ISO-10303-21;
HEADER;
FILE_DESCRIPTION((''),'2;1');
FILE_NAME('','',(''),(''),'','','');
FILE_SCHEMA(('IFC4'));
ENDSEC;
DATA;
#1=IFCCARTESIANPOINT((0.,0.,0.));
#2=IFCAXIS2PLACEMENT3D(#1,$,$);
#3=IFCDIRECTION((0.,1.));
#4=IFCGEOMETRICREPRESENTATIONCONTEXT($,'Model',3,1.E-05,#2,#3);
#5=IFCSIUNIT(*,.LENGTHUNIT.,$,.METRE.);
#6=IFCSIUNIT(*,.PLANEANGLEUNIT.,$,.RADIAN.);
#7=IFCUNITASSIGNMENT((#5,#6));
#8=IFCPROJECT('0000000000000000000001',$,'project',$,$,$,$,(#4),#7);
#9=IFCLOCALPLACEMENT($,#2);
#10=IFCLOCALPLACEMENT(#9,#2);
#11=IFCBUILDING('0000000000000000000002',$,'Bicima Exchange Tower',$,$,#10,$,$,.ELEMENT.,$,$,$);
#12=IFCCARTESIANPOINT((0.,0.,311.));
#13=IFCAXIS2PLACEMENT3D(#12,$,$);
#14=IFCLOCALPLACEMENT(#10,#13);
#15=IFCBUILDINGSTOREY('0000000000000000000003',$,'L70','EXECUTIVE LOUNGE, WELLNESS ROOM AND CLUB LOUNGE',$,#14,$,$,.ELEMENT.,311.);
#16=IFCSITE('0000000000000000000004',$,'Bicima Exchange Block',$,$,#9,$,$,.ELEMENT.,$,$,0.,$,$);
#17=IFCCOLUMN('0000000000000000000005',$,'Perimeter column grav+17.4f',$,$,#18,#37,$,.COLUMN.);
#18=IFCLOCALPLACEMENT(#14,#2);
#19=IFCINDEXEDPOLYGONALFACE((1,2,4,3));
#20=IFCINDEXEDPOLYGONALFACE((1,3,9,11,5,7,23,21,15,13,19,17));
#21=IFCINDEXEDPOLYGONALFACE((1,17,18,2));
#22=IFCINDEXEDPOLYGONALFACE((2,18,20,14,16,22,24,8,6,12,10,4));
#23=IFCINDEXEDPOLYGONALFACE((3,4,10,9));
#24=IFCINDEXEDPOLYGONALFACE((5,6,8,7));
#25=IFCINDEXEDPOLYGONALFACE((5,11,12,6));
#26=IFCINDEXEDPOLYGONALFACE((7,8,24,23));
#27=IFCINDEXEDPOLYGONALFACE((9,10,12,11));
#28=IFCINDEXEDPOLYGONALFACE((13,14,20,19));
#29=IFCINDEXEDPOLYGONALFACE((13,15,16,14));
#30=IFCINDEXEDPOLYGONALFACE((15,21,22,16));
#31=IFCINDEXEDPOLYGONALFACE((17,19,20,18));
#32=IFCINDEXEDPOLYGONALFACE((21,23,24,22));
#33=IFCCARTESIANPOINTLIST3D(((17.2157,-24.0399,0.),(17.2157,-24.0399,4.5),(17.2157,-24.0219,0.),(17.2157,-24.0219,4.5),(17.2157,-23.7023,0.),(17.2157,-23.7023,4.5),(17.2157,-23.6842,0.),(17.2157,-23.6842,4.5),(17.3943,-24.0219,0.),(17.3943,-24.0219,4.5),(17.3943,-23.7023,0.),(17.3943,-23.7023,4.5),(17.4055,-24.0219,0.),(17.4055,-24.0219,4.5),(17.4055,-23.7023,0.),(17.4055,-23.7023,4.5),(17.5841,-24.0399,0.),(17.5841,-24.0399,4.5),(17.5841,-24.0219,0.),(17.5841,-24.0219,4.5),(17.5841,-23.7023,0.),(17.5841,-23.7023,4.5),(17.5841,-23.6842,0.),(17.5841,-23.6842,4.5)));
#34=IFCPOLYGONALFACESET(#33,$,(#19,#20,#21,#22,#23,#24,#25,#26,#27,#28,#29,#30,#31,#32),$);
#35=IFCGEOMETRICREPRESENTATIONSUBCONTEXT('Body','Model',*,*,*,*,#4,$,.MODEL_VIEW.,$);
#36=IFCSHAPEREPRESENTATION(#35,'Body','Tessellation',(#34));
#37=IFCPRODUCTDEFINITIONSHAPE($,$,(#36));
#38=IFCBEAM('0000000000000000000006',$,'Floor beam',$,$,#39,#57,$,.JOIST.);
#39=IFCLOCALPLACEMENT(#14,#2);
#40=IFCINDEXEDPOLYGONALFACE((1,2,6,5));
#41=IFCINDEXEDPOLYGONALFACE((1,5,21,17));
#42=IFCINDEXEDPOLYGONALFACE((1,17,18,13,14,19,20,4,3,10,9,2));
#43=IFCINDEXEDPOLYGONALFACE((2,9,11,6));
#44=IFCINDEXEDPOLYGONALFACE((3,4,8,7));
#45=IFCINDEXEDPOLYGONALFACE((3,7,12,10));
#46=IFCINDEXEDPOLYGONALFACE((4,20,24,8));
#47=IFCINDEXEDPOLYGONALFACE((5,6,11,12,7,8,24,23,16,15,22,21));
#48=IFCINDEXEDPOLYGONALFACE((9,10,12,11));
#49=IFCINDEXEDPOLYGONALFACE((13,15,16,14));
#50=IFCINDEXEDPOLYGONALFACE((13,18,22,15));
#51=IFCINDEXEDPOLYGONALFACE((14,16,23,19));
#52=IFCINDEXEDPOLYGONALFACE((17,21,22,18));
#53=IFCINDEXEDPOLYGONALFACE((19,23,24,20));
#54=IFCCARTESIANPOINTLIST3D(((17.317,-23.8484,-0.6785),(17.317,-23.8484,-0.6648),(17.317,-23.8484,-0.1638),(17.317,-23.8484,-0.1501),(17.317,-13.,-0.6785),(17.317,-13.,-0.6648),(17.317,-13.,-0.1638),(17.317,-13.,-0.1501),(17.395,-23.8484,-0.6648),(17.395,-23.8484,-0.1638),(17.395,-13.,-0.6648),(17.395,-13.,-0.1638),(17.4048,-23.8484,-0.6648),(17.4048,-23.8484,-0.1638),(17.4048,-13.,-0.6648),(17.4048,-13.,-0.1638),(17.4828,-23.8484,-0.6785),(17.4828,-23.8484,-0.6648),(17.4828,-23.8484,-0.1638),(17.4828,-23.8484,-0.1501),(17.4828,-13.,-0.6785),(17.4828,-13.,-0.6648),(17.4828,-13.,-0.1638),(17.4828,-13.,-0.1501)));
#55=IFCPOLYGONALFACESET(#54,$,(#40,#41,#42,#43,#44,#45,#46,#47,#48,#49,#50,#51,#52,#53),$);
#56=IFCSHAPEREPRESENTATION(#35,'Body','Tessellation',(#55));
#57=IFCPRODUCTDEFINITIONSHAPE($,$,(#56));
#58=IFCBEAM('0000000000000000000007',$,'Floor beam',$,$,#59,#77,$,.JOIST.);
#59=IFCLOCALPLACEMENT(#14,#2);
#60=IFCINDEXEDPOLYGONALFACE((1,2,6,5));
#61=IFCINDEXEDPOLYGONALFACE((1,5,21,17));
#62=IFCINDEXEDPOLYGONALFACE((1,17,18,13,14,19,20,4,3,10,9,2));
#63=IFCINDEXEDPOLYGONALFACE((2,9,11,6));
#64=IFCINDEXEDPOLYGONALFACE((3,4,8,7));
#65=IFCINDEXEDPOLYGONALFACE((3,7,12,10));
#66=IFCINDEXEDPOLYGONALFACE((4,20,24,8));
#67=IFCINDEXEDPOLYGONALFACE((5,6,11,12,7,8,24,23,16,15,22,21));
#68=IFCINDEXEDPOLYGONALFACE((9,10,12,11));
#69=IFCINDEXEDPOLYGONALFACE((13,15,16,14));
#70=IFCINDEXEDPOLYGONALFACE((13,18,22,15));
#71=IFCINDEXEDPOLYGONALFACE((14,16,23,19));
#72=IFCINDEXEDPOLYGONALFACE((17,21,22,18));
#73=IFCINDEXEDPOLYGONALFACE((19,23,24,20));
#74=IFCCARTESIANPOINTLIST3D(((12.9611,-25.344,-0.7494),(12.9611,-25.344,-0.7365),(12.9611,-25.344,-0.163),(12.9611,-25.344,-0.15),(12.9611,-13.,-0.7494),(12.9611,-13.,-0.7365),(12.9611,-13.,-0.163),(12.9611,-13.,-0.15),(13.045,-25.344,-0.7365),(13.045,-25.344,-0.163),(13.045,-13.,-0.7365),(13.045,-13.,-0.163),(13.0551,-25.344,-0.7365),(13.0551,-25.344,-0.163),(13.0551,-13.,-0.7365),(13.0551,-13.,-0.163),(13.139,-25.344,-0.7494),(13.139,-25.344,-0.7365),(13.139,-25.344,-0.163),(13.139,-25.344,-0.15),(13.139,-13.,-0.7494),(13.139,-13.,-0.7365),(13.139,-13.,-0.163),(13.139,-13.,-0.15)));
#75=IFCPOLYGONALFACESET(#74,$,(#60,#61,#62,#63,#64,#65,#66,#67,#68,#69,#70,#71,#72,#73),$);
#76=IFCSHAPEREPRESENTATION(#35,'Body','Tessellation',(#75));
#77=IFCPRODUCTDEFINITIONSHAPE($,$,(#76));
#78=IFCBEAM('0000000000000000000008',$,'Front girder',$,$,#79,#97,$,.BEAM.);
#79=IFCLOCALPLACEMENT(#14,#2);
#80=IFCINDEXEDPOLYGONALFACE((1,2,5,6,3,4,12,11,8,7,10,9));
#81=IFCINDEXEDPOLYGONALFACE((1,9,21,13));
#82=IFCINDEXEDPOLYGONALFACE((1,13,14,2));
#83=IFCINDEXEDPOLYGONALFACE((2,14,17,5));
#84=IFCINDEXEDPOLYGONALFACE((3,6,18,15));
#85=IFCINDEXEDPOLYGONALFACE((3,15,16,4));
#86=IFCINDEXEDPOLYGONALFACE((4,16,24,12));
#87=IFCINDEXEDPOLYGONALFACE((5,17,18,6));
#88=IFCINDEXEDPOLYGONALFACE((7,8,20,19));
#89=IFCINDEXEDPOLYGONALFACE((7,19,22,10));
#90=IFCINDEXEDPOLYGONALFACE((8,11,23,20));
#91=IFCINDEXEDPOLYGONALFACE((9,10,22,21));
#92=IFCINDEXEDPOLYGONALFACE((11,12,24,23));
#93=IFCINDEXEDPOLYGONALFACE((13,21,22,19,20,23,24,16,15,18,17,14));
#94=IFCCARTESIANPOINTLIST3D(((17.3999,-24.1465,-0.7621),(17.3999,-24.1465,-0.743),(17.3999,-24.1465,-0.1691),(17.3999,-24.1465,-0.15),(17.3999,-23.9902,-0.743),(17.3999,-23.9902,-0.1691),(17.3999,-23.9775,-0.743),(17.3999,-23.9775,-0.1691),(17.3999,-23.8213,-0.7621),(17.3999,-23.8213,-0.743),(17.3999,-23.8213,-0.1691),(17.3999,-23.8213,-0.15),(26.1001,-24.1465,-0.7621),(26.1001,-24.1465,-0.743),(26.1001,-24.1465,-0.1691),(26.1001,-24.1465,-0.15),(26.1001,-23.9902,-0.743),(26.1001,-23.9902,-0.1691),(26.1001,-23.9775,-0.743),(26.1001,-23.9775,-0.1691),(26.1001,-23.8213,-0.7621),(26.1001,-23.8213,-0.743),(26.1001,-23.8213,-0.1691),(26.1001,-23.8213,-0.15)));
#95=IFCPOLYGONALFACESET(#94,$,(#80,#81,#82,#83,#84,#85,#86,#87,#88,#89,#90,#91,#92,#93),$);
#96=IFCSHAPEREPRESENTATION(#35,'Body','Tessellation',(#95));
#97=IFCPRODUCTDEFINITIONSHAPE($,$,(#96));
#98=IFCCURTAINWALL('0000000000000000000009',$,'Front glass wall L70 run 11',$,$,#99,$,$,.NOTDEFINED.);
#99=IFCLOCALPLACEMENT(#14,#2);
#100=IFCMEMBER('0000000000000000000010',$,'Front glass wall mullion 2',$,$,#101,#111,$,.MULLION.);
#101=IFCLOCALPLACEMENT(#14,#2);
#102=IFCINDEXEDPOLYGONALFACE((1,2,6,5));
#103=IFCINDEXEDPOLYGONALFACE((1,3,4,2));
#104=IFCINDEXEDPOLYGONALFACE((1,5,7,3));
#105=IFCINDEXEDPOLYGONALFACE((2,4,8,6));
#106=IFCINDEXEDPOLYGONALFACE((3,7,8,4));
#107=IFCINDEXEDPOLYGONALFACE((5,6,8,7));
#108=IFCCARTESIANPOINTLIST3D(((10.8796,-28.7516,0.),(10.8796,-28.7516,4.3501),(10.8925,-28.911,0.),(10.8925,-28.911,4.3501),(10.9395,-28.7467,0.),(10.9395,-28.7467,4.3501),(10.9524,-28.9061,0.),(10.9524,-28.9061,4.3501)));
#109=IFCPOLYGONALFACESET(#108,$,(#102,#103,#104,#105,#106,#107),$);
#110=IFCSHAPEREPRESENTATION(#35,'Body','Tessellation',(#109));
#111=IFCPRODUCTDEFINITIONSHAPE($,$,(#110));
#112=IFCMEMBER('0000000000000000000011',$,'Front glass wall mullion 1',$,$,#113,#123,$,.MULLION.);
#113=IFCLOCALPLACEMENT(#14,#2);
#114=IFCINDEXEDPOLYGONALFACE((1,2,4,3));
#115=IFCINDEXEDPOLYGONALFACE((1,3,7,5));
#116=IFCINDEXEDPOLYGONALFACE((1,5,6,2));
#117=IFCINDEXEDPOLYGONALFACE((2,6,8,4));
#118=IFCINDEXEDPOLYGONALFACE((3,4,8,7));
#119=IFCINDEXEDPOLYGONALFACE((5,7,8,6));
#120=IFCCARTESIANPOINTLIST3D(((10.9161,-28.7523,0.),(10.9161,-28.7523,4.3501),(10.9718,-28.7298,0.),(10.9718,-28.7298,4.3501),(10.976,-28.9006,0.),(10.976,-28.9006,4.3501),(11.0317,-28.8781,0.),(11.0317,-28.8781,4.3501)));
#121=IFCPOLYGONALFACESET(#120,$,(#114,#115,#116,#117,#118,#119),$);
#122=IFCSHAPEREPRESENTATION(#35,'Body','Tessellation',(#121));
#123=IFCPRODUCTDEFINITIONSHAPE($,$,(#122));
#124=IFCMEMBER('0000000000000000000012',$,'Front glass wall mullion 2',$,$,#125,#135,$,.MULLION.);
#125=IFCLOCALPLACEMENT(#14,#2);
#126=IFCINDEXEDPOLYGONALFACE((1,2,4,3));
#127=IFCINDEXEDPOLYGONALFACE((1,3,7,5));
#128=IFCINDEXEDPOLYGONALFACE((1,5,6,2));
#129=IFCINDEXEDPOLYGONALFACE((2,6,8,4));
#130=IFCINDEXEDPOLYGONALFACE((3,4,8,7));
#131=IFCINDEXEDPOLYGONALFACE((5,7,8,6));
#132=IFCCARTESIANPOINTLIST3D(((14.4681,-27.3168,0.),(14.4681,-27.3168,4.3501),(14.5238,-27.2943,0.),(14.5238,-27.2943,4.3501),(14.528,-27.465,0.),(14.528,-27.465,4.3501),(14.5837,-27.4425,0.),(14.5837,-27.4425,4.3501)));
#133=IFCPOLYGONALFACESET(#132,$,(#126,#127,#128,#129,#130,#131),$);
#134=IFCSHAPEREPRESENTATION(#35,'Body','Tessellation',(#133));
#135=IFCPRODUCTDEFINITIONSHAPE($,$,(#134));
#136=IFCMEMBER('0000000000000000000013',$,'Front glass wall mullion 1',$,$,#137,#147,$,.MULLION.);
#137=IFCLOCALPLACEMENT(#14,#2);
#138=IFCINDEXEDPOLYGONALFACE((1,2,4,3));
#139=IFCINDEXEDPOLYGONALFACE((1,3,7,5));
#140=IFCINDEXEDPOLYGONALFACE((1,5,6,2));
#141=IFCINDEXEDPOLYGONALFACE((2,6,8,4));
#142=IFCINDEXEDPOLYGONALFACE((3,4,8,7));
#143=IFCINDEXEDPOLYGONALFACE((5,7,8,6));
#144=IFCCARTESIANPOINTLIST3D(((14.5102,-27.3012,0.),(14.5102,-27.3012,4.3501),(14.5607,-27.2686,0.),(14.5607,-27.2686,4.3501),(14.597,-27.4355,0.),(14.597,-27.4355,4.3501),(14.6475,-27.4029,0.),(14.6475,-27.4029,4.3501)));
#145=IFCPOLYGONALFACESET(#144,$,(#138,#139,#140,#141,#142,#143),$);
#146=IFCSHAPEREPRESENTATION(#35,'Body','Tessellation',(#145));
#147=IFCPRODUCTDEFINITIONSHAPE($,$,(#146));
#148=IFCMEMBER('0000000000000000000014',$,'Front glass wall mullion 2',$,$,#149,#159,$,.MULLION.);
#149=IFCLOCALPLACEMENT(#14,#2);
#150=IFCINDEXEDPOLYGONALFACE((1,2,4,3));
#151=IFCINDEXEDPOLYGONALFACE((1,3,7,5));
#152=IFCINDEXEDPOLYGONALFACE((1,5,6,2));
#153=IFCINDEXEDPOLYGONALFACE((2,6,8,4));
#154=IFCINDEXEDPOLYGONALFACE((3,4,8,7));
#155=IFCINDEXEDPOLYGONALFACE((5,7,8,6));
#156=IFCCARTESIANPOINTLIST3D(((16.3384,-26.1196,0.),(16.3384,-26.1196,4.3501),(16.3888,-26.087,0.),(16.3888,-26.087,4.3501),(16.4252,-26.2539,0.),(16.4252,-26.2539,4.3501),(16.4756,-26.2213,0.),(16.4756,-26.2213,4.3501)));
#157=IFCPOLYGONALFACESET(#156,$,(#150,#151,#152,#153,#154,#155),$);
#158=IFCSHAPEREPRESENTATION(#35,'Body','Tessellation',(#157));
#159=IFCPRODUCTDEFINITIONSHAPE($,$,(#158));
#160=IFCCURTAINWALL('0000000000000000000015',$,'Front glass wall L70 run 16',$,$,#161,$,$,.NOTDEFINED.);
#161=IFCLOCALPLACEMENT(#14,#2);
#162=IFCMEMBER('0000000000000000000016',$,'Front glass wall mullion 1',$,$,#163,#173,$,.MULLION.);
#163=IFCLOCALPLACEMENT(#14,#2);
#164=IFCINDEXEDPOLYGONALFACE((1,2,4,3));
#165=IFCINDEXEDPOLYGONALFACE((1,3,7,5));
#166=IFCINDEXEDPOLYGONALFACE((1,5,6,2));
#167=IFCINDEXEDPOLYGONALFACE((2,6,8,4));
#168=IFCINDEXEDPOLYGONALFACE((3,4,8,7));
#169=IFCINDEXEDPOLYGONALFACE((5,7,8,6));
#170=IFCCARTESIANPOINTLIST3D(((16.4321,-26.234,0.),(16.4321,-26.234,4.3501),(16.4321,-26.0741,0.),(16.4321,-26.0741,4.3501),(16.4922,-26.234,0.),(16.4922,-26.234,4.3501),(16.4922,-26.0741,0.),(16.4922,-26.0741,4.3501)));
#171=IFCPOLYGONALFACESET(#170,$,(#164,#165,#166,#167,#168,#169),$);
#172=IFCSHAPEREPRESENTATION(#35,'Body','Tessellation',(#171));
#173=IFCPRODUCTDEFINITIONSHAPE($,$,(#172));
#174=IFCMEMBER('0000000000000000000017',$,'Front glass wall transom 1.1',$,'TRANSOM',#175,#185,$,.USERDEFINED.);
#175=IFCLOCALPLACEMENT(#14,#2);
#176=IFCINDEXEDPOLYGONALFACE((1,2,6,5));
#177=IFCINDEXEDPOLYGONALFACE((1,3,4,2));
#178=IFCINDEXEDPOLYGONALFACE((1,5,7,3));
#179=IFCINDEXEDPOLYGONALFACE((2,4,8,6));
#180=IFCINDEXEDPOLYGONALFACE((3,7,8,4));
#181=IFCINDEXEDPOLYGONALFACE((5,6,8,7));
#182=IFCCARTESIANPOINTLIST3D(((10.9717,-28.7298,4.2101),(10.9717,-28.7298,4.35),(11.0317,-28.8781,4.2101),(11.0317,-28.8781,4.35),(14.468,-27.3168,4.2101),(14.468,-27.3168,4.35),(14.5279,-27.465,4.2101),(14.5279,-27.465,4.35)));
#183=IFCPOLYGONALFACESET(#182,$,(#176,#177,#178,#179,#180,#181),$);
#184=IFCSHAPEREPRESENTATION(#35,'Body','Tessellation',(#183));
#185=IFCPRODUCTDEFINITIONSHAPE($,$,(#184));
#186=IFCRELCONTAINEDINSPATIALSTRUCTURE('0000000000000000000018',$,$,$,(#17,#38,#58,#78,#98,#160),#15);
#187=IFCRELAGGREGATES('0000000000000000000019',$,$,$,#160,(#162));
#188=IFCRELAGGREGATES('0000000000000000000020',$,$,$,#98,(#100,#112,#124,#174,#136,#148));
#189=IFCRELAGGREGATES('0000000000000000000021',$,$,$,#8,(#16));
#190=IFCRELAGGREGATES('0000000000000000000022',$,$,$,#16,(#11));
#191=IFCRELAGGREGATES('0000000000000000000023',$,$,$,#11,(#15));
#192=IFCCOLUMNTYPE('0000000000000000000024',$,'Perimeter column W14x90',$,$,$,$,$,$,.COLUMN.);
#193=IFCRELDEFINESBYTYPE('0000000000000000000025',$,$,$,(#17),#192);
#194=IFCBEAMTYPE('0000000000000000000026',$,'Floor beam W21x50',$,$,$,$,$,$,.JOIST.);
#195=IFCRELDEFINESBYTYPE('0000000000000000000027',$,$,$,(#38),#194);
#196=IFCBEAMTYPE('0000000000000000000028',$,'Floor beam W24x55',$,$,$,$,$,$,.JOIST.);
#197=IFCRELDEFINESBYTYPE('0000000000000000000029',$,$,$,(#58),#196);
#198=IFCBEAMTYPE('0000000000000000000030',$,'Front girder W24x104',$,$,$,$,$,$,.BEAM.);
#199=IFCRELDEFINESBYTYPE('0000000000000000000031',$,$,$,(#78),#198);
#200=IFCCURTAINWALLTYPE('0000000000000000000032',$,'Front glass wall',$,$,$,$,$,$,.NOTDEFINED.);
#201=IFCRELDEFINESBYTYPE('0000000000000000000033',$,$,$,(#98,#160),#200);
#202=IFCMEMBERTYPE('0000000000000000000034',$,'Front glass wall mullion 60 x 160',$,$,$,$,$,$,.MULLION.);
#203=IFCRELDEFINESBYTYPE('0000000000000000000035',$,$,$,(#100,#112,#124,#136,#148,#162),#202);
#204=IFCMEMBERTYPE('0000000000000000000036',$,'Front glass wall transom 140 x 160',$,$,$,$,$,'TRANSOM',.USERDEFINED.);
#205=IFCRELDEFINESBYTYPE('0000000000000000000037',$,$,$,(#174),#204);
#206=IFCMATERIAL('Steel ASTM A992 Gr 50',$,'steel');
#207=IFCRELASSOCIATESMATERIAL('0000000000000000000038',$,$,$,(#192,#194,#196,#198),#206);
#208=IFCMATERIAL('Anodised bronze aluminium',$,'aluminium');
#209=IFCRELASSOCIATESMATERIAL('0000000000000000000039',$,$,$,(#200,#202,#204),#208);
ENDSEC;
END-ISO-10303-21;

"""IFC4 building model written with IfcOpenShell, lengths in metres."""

from ifc_helpers import new_model, si_unit, direction, frame, origin, origin_2d, place, context, subcontext, project, spatial, rectangle, i_section, extrude, material, material_profile, profile_set, type_object, element, aggregate, save


model = new_model("IFC4")

# Units and contexts
model_context = context("Model", 3, precision=1e-05, world=origin(), true_north=direction((0.0, 1.0)))
body_context = subcontext(model_context, "Body", "Model", "MODEL_VIEW")
ifc_project = project(units=[si_unit("LENGTHUNIT", "METRE"), si_unit("PLANEANGLEUNIT", "RADIAN")], contexts=[model_context])

# Site, building, storey
site_placement = place(None, origin())
site = spatial("IfcSite", under=ifc_project, at=site_placement, Name="Bicima Exchange Block", CompositionType="ELEMENT", RefElevation=0.0)
building_placement = place(site_placement, origin())
building = spatial("IfcBuilding", under=site, at=building_placement, Name="Bicima Exchange Tower", CompositionType="ELEMENT")
storey_placement = place(building_placement, frame((0.0, 0.0, 311.0)))
storey = spatial("IfcBuildingStorey", under=building, at=storey_placement, Name="L70", Description="EXECUTIVE LOUNGE, WELLNESS ROOM AND CLUB LOUNGE", CompositionType="ELEMENT", Elevation=311.0)

# Column
ifc_material_1 = material(Name="Steel ASTM A992 Gr 50", Category="steel")
ifc_material_profile_1 = material_profile(ifc_material_1, i_section(OverallWidth=0.3684, OverallDepth=0.3557, WebThickness=0.0112, FlangeThickness=0.0181, at=origin_2d()))
ifc_profile_set_1 = profile_set([ifc_material_profile_1], Name="Steel ASTM A992 Gr 50")
column_type = type_object("IfcColumnType", Name="Perimeter column W14x90", PredefinedType="COLUMN", material=ifc_profile_set_1)
column_placement = place(storey_placement, frame((17.3999, -23.8621, 0.0), z_axis=(0.0, 0.0, 1.0), x_axis=(1.0, 0.0, 0.0)))
element("IfcColumn", 1, at=column_placement, inside=storey, type_object=column_type, Name="Perimeter column grav+17.4f", PredefinedType="COLUMN", context=body_context, shape_type="SweptSolid", body=[
    extrude(i_section(OverallWidth=0.3684, OverallDepth=0.3557, WebThickness=0.0112, FlangeThickness=0.0181, at=origin_2d()), origin(), (0.0, 0.0, 1.0), 4.5),
])

# Beams
ifc_material_profile_2 = material_profile(ifc_material_1, i_section(OverallWidth=0.1658, OverallDepth=0.5283, WebThickness=0.0098, FlangeThickness=0.0137, at=origin_2d()))
ifc_profile_set_2 = profile_set([ifc_material_profile_2], Name="Steel ASTM A992 Gr 50")
beam_type_1 = type_object("IfcBeamType", Name="Floor beam W21x50", PredefinedType="JOIST", material=ifc_profile_set_2)
beam_1_placement = place(storey_placement, frame((17.3999, -13.0, -0.4143), z_axis=(0.0, -1.0, 0.0), x_axis=(1.0, 0.0, 0.0)))
element("IfcBeam", 2, at=beam_1_placement, inside=storey, type_object=beam_type_1, Name="Floor beam", PredefinedType="JOIST", context=body_context, shape_type="SweptSolid", body=[
    extrude(i_section(OverallWidth=0.1658, OverallDepth=0.5283, WebThickness=0.0098, FlangeThickness=0.0137, at=origin_2d()), origin(), (0.0, 0.0, 1.0), 10.8484),
])
ifc_material_profile_3 = material_profile(ifc_material_1, i_section(OverallWidth=0.178, OverallDepth=0.5994, WebThickness=0.01, FlangeThickness=0.0129, at=origin_2d()))
ifc_profile_set_3 = profile_set([ifc_material_profile_3], Name="Steel ASTM A992 Gr 50")
beam_type_2 = type_object("IfcBeamType", Name="Floor beam W24x55", PredefinedType="JOIST", material=ifc_profile_set_3)
beam_2_placement = place(storey_placement, frame((13.05, -13.0, -0.4497), z_axis=(0.0, -1.0, 0.0), x_axis=(1.0, 0.0, 0.0)))
element("IfcBeam", 3, at=beam_2_placement, inside=storey, type_object=beam_type_2, Name="Floor beam", PredefinedType="JOIST", context=body_context, shape_type="SweptSolid", body=[
    extrude(i_section(OverallWidth=0.178, OverallDepth=0.5994, WebThickness=0.01, FlangeThickness=0.0129, at=origin_2d()), origin(), (0.0, 0.0, 1.0), 12.344),
])
ifc_material_profile_4 = material_profile(ifc_material_1, i_section(OverallWidth=0.3252, OverallDepth=0.6121, WebThickness=0.0127, FlangeThickness=0.019, at=origin_2d()))
ifc_profile_set_4 = profile_set([ifc_material_profile_4], Name="Steel ASTM A992 Gr 50")
beam_type_3 = type_object("IfcBeamType", Name="Front girder W24x104", PredefinedType="BEAM", material=ifc_profile_set_4)
beam_3_placement = place(storey_placement, frame((17.3999, -23.9839, -0.4561), z_axis=(1.0, 0.0, 0.0), x_axis=(0.0, 1.0, 0.0)))
element("IfcBeam", 4, at=beam_3_placement, inside=storey, type_object=beam_type_3, Name="Front girder", PredefinedType="BEAM", context=body_context, shape_type="SweptSolid", body=[
    extrude(i_section(OverallWidth=0.3252, OverallDepth=0.6121, WebThickness=0.0127, FlangeThickness=0.019, at=origin_2d()), origin(), (0.0, 0.0, 1.0), 8.7002),
])

# Curtain wall, members
ifc_material_2 = material(Name="Anodised bronze aluminium", Category="aluminium")
curtain_wall_type = type_object("IfcCurtainWallType", Name="Front glass wall", PredefinedType="NOTDEFINED", material=ifc_material_2)
curtain_wall_1_placement = place(storey_placement, origin())
curtain_wall_1 = element("IfcCurtainWall", 5, at=curtain_wall_1_placement, inside=storey, type_object=curtain_wall_type, Name="Front glass wall L70 run 11", PredefinedType="NOTDEFINED")
ifc_material_profile_5 = material_profile(ifc_material_2, rectangle(XDim=0.1599, YDim=0.0601, at=origin_2d()))
ifc_profile_set_5 = profile_set([ifc_material_profile_5], Name="Anodised bronze aluminium")
member_type_1 = type_object("IfcMemberType", Name="Front glass wall mullion 60 x 160", PredefinedType="MULLION", material=ifc_profile_set_5)
member_1_placement = place(storey_placement, frame((10.916, -28.8289, 0.0), z_axis=(0.0, 0.0, 1.0), x_axis=(-0.080589, 0.996747, 0.0)))
member_1 = element("IfcMember", 6, at=member_1_placement, type_object=member_type_1, Name="Front glass wall mullion 2", PredefinedType="MULLION", context=body_context, shape_type="SweptSolid", body=[
    extrude(rectangle(XDim=0.1599, YDim=0.0601, at=origin_2d()), origin(), (0.0, 0.0, 1.0), 4.3501),
])
member_2_placement = place(storey_placement, frame((10.9739, -28.8152, 0.0), z_axis=(0.0, 0.0, 1.0), x_axis=(-0.374705, 0.927144, 0.0)))
member_2 = element("IfcMember", 7, at=member_2_placement, type_object=member_type_1, Name="Front glass wall mullion 1", PredefinedType="MULLION", context=body_context, shape_type="SweptSolid", body=[
    extrude(rectangle(XDim=0.1599, YDim=0.0601, at=origin_2d()), origin(), (0.0, 0.0, 1.0), 4.3501),
])
member_3_placement = place(storey_placement, frame((14.5259, -27.3796, 0.0), z_axis=(0.0, 0.0, 1.0), x_axis=(-0.374705, 0.927144, 0.0)))
member_3 = element("IfcMember", 8, at=member_3_placement, type_object=member_type_1, Name="Front glass wall mullion 2", PredefinedType="MULLION", context=body_context, shape_type="SweptSolid", body=[
    extrude(rectangle(XDim=0.1599, YDim=0.0601, at=origin_2d()), origin(), (0.0, 0.0, 1.0), 4.3501),
])
member_4_placement = place(storey_placement, frame((14.5789, -27.3521, 0.0), z_axis=(0.0, 0.0, 1.0), x_axis=(-0.542909, 0.839791, 0.0)))
member_4 = element("IfcMember", 9, at=member_4_placement, type_object=member_type_1, Name="Front glass wall mullion 1", PredefinedType="MULLION", context=body_context, shape_type="SweptSolid", body=[
    extrude(rectangle(XDim=0.1599, YDim=0.0601, at=origin_2d()), origin(), (0.0, 0.0, 1.0), 4.3501),
])
member_5_placement = place(storey_placement, frame((16.407, -26.1704, 0.0), z_axis=(0.0, 0.0, 1.0), x_axis=(-0.542909, 0.839791, 0.0)))
member_5 = element("IfcMember", 10, at=member_5_placement, type_object=member_type_1, Name="Front glass wall mullion 2", PredefinedType="MULLION", context=body_context, shape_type="SweptSolid", body=[
    extrude(rectangle(XDim=0.1599, YDim=0.0601, at=origin_2d()), origin(), (0.0, 0.0, 1.0), 4.3501),
])

# Curtain wall, member
curtain_wall_2_placement = place(storey_placement, origin())
curtain_wall_2 = element("IfcCurtainWall", 11, at=curtain_wall_2_placement, inside=storey, type_object=curtain_wall_type, Name="Front glass wall L70 run 16", PredefinedType="NOTDEFINED")
member_6_placement = place(storey_placement, frame((16.4622, -26.1541, 0.0), z_axis=(0.0, 0.0, 1.0), x_axis=(0.0, 1.0, 0.0)))
member_6 = element("IfcMember", 12, at=member_6_placement, type_object=member_type_1, Name="Front glass wall mullion 1", PredefinedType="MULLION", context=body_context, shape_type="SweptSolid", body=[
    extrude(rectangle(XDim=0.1599, YDim=0.0601, at=origin_2d()), origin(), (0.0, 0.0, 1.0), 4.3501),
])

# Member
ifc_material_profile_6 = material_profile(ifc_material_2, rectangle(XDim=0.1599, YDim=0.1399, at=origin_2d()))
ifc_profile_set_6 = profile_set([ifc_material_profile_6], Name="Anodised bronze aluminium")
member_type_2 = type_object("IfcMemberType", Name="Front glass wall transom 140 x 160", ElementType="TRANSOM", PredefinedType="USERDEFINED", material=ifc_profile_set_6)
member_7_placement = place(storey_placement, frame((11.0017, -28.804, 4.28), z_axis=(0.92714, 0.374715, 0.0), x_axis=(-0.374715, 0.92714, 0.0)))
member_7 = element("IfcMember", 13, at=member_7_placement, type_object=member_type_2, Name="Front glass wall transom 1.1", ObjectType="TRANSOM", PredefinedType="USERDEFINED", context=body_context, shape_type="SweptSolid", body=[
    extrude(rectangle(XDim=0.1599, YDim=0.1399, at=origin_2d()), origin(), (0.0, 0.0, 1.0), 3.771),
])
aggregate(curtain_wall_2, [member_6])

aggregate(curtain_wall_1, [member_1, member_2, member_3, member_7, member_4, member_5])

save(model, "model.ifc")
